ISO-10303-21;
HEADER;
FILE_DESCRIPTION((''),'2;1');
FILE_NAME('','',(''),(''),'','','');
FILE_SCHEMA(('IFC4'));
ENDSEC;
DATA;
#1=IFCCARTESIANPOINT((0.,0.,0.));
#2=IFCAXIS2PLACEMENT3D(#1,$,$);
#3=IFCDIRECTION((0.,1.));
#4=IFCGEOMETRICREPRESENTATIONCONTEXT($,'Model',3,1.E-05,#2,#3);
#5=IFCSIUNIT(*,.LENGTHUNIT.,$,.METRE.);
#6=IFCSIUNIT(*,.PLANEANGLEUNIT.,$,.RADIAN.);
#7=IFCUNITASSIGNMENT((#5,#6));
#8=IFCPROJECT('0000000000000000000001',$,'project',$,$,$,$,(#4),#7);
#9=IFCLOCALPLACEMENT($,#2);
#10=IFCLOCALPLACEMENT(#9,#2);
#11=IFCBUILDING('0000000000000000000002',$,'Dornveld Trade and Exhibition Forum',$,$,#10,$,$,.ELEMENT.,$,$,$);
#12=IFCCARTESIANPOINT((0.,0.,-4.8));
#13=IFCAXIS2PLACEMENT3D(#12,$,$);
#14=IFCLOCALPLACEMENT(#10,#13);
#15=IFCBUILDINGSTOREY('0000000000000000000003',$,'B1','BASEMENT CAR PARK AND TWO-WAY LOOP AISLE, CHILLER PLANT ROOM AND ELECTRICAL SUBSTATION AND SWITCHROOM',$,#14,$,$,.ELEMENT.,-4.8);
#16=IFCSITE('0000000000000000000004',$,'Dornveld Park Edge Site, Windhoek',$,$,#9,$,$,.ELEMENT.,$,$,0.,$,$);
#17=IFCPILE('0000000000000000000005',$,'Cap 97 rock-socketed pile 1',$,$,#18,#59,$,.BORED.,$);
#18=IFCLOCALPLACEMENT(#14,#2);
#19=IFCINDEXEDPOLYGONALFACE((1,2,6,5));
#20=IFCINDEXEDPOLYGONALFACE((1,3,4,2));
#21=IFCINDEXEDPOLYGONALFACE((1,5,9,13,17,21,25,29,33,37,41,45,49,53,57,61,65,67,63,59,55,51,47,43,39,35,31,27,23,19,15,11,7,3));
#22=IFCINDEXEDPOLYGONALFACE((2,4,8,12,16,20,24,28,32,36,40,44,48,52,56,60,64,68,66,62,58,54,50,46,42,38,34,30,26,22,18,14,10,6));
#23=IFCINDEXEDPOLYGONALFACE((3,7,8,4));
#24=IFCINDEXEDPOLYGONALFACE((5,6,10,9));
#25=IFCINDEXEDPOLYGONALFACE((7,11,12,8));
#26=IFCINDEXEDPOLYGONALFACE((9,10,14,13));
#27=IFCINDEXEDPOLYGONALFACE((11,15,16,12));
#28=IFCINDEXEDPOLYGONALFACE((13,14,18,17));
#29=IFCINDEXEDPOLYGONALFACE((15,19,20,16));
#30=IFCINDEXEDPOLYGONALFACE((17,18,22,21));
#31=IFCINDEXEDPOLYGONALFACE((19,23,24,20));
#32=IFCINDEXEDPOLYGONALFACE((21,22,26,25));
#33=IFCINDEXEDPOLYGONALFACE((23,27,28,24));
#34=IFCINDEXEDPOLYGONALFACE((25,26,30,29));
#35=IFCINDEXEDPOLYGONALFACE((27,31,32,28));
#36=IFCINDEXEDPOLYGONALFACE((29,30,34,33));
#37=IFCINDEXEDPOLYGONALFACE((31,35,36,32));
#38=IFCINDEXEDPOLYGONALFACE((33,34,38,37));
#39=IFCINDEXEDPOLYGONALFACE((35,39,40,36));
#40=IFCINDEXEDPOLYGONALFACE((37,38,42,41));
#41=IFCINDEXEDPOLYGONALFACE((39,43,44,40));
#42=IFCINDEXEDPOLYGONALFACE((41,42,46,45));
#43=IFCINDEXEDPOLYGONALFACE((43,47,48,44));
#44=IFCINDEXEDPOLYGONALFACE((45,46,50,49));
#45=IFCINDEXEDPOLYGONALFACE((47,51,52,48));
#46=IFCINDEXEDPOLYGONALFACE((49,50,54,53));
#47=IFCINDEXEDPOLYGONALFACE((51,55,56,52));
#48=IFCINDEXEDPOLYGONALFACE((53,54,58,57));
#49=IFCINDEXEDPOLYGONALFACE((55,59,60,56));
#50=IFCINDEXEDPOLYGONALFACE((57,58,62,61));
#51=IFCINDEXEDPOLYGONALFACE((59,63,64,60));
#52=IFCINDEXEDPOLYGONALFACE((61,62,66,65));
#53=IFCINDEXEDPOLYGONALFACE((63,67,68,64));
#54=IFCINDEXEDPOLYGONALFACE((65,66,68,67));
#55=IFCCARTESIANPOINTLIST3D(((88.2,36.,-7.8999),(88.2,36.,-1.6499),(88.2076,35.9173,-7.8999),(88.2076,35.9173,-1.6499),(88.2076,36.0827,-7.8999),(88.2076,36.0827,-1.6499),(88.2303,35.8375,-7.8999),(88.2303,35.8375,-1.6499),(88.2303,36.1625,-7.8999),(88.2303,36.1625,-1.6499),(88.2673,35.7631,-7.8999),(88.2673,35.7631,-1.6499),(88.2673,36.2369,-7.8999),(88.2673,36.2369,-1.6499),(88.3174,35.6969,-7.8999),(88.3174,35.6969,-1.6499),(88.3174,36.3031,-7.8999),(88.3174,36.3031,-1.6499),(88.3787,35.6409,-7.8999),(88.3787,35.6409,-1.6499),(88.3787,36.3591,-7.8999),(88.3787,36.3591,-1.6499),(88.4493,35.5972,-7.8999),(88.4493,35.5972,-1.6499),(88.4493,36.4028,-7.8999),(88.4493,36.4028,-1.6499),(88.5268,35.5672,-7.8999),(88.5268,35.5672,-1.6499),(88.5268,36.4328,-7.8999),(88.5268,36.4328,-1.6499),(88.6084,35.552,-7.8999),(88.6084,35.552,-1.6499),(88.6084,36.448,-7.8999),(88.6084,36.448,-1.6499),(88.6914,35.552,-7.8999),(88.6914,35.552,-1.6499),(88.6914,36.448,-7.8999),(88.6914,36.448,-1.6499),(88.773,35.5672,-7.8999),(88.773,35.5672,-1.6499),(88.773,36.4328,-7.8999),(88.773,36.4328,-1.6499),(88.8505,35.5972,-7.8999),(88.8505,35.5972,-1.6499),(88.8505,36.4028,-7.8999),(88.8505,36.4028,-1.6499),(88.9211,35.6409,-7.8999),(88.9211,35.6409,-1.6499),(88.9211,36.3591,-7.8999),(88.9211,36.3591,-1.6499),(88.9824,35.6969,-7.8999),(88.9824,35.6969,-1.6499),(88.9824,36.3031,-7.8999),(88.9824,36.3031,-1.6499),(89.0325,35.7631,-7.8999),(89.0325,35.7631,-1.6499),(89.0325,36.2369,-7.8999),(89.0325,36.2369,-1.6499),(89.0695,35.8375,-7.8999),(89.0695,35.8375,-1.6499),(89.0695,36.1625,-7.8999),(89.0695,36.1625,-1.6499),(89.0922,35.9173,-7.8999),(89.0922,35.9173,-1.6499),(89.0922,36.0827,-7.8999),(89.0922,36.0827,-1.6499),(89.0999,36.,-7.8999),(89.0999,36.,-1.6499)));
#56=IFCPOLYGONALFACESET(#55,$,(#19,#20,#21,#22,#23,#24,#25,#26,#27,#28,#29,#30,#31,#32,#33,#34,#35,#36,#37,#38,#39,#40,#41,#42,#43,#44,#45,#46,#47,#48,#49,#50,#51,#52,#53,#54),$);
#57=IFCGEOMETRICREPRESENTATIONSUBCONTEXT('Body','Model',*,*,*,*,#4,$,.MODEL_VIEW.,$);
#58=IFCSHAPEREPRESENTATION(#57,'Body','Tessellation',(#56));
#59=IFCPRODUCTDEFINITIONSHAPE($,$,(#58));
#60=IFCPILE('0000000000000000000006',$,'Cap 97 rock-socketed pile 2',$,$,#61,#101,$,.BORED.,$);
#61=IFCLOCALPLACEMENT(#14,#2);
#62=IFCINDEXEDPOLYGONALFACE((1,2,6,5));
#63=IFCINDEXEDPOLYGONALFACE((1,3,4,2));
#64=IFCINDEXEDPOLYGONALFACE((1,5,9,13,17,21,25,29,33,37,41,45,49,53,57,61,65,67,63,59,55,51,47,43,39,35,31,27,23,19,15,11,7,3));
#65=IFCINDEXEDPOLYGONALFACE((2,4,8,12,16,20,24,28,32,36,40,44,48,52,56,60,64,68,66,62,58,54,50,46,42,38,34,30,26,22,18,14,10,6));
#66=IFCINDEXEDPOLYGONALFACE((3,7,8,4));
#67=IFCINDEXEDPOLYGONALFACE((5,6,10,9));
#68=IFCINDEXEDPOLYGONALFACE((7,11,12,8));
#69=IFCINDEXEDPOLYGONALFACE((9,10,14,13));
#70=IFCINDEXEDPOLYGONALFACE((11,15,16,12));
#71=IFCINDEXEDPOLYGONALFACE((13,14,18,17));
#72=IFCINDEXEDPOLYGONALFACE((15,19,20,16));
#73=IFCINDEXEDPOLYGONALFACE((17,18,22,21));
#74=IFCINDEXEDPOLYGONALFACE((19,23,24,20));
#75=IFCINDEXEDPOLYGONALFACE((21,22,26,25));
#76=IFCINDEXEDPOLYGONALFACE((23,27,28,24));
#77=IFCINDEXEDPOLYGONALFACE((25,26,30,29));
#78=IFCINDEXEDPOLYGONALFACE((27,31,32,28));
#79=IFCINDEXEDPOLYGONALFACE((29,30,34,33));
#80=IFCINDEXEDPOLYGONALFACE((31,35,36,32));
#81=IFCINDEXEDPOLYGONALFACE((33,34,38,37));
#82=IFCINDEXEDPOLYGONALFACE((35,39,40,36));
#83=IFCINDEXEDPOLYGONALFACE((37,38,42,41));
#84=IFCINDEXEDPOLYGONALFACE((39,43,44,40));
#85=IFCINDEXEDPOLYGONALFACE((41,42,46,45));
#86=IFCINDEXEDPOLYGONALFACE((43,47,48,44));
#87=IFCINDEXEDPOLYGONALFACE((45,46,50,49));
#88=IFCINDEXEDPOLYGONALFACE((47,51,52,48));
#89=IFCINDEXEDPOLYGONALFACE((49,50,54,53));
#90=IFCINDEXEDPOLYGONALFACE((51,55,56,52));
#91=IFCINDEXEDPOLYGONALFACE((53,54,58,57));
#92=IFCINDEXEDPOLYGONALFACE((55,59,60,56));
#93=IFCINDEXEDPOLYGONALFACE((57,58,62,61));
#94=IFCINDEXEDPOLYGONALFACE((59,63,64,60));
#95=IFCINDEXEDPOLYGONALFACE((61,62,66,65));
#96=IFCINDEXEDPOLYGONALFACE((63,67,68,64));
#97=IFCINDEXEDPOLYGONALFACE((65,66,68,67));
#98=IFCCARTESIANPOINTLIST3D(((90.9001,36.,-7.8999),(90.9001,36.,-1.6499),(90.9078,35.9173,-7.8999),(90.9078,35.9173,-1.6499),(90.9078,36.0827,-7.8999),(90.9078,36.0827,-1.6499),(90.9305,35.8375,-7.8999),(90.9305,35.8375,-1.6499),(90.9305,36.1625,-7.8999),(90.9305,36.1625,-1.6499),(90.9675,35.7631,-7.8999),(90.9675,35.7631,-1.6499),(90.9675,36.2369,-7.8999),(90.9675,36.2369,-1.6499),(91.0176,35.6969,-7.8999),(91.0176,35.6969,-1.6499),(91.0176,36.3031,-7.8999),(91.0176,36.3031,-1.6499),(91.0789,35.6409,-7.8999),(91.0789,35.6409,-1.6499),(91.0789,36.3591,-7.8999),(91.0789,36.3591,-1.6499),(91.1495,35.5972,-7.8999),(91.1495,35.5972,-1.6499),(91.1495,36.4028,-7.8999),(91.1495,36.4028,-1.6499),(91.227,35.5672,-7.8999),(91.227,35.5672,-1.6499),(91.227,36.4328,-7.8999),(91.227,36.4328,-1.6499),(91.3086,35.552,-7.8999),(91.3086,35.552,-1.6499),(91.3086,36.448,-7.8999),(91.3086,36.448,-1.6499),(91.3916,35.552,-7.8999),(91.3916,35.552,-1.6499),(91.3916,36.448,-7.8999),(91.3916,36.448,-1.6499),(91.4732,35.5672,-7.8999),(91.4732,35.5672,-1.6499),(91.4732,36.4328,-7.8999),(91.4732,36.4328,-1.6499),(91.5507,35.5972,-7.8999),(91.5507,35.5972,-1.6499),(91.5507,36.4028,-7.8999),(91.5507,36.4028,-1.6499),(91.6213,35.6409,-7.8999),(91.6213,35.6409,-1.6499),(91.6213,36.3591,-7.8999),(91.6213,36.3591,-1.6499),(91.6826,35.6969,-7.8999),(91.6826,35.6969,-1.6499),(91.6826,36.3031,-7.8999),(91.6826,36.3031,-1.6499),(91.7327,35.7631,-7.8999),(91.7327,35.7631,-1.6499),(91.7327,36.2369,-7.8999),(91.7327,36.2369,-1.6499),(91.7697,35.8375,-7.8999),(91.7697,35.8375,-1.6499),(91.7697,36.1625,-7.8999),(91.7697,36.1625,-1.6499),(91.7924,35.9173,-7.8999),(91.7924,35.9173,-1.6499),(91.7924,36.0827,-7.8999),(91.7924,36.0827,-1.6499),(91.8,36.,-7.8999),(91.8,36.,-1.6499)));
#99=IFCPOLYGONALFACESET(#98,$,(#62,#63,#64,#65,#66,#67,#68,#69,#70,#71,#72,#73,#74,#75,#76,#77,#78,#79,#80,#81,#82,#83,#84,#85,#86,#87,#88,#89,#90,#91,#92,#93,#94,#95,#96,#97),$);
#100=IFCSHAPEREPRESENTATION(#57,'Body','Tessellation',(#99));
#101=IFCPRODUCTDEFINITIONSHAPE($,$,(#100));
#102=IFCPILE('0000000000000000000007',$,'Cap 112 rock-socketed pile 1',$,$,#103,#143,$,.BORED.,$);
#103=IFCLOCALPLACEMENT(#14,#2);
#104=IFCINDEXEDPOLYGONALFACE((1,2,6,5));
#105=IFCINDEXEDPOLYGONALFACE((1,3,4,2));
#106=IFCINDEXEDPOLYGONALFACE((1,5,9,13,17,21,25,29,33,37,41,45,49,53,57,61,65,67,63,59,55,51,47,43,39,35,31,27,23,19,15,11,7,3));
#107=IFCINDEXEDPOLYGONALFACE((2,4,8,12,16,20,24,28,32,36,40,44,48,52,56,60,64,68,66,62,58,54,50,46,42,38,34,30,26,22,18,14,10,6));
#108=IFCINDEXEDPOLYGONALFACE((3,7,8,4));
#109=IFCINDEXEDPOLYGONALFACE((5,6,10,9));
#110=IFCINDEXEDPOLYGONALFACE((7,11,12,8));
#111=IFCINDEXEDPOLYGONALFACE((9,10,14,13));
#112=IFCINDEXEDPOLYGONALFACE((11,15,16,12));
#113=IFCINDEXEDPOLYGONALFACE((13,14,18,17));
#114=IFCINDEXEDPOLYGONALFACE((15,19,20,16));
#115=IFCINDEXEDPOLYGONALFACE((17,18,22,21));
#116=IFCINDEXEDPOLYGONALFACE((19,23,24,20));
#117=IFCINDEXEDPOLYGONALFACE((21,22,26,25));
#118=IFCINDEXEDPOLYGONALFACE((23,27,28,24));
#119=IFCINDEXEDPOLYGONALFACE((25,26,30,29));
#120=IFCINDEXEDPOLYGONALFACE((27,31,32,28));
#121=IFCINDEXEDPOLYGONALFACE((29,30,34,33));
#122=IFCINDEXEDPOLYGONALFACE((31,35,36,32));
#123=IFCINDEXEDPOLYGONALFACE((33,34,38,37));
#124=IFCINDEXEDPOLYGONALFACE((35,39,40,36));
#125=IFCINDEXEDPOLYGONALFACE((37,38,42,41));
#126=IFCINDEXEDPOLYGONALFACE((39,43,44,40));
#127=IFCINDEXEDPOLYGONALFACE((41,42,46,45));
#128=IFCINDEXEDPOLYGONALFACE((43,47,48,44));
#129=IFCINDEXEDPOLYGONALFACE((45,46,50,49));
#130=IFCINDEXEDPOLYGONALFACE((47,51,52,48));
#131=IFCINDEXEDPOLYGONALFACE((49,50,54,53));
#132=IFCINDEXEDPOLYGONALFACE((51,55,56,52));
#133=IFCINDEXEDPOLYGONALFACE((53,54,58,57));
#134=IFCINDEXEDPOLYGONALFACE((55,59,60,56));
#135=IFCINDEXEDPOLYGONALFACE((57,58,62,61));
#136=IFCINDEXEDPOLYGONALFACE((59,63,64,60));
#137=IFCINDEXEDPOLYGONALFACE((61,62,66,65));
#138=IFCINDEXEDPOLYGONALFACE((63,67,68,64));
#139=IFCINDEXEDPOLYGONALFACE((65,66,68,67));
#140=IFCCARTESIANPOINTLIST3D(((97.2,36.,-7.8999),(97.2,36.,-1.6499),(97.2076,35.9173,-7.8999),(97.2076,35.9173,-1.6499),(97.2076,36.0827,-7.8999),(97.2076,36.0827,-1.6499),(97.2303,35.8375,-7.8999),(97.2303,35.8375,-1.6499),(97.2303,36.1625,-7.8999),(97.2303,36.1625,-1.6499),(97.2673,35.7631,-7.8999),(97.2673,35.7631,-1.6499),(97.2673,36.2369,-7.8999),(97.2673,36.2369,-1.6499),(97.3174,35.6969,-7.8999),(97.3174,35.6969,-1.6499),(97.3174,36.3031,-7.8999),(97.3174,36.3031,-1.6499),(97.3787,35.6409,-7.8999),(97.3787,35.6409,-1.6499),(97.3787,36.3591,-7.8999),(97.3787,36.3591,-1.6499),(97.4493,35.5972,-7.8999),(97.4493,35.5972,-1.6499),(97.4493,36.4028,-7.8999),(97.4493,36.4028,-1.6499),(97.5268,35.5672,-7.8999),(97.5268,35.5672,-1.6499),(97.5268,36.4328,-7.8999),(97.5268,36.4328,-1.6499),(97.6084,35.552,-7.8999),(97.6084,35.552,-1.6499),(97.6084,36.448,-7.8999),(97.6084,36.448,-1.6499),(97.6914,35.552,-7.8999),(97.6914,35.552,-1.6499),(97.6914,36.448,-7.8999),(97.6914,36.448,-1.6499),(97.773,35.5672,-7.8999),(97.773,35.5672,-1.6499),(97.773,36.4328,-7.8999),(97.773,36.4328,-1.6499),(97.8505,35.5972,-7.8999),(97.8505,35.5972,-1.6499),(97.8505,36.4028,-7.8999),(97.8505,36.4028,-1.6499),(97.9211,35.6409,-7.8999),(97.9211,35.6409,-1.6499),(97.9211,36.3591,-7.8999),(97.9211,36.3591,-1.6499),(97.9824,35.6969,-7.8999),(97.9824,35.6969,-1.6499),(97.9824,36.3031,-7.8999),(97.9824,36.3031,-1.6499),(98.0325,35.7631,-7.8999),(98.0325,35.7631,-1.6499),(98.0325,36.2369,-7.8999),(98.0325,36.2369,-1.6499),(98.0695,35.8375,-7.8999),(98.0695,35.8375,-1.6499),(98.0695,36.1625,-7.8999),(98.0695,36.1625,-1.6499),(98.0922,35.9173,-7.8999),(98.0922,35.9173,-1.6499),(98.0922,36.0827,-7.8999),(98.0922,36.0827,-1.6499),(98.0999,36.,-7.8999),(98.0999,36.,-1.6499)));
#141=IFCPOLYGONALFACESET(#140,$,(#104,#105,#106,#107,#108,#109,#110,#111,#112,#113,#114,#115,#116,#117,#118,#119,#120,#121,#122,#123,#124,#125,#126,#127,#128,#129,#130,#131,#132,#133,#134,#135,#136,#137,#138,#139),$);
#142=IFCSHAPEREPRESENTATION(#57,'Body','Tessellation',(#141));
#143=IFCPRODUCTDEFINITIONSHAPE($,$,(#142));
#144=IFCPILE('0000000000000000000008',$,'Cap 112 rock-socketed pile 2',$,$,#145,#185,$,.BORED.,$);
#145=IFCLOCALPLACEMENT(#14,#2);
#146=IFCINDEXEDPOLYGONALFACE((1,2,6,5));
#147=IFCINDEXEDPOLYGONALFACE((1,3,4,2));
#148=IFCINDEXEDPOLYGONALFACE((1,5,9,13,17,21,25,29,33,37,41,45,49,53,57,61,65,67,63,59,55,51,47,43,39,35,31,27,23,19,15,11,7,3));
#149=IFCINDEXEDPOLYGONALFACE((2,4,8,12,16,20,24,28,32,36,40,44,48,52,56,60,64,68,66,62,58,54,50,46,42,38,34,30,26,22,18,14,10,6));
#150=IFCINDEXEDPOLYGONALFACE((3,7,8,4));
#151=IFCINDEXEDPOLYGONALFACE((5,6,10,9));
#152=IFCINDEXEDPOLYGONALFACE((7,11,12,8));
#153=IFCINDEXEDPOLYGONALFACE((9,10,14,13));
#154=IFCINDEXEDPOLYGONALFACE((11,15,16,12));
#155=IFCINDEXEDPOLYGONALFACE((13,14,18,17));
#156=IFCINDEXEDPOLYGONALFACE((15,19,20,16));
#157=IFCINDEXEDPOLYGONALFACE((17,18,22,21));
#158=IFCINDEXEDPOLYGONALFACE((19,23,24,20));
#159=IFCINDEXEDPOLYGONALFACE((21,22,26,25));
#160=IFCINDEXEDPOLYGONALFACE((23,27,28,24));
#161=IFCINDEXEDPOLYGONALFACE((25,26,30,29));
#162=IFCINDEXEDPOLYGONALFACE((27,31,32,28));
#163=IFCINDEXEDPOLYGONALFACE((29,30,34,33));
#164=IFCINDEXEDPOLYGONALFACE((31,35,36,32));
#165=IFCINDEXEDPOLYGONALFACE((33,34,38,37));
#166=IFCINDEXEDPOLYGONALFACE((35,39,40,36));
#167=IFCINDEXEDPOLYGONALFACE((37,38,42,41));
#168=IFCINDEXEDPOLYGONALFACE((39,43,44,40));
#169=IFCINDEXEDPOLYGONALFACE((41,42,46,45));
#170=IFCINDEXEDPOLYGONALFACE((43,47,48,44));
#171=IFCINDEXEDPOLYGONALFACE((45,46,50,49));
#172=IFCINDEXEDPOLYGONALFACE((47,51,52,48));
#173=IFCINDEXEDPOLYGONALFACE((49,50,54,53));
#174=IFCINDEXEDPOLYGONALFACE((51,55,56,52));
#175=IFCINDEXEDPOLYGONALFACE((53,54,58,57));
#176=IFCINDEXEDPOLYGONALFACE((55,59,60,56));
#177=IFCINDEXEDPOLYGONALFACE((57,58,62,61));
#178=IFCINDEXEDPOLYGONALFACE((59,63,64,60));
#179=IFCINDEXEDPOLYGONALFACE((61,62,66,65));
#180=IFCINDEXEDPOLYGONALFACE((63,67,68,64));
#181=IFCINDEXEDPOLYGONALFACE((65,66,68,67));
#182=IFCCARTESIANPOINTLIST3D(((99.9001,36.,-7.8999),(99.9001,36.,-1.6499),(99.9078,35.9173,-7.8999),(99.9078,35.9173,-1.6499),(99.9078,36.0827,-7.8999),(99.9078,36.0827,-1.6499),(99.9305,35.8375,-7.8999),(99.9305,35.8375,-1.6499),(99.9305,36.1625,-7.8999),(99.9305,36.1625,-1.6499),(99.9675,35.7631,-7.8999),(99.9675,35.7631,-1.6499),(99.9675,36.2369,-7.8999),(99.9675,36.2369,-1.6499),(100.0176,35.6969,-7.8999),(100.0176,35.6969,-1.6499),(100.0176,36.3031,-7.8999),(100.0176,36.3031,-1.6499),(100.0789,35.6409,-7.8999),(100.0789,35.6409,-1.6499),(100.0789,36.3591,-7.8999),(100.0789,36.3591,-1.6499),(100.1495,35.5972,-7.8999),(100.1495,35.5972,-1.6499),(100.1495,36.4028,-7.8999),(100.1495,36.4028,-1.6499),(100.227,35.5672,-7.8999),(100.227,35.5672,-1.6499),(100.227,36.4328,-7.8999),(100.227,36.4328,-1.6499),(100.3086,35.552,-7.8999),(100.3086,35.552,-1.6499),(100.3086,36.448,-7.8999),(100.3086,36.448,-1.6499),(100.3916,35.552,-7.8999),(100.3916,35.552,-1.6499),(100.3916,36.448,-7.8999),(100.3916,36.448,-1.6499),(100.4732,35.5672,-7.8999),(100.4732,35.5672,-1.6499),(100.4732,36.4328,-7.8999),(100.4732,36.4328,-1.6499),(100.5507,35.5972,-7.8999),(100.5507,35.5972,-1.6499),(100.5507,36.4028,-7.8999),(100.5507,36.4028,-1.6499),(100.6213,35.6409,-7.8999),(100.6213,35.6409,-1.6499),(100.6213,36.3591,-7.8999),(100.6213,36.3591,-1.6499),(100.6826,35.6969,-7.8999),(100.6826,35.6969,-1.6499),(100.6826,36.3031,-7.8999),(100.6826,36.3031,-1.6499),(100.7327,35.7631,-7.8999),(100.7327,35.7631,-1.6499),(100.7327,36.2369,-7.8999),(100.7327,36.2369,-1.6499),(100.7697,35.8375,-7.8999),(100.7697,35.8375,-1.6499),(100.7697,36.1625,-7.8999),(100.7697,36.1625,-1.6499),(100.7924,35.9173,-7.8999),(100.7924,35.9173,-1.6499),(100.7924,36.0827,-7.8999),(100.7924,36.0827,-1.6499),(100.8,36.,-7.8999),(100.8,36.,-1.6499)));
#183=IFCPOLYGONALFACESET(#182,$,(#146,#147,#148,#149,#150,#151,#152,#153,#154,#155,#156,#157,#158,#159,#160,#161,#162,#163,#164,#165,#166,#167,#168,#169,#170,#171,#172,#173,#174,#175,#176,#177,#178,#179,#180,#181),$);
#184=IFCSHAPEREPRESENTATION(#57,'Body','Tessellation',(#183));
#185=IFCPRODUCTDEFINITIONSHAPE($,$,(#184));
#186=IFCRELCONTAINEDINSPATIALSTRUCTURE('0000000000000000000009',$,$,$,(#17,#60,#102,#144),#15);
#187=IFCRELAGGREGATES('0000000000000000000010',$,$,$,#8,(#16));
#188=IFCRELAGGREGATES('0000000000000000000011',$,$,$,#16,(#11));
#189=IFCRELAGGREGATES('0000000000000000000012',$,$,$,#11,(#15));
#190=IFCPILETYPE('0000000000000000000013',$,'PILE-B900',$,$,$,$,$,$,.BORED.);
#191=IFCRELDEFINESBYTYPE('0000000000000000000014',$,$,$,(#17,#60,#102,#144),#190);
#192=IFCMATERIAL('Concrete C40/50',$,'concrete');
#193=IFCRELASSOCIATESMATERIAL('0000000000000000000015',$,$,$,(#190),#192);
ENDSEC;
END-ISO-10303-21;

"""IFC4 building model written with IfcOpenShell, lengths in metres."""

from ifc_helpers import new_model, si_unit, direction, frame, origin, origin_2d, place, context, subcontext, project, spatial, circle, extrude, material, material_profile, profile_set, type_object, element, save


model = new_model("IFC4")

# Units and contexts
model_context = context("Model", 3, precision=1e-05, world=origin(), true_north=direction((0.0, 1.0)))
body_context = subcontext(model_context, "Body", "Model", "MODEL_VIEW")
ifc_project = project(units=[si_unit("LENGTHUNIT", "METRE"), si_unit("PLANEANGLEUNIT", "RADIAN")], contexts=[model_context])

# Site, building, storey
site_placement = place(None, origin())
site = spatial("IfcSite", under=ifc_project, at=site_placement, Name="Dornveld Park Edge Site, Windhoek", CompositionType="ELEMENT", RefElevation=0.0)
building_placement = place(site_placement, origin())
building = spatial("IfcBuilding", under=site, at=building_placement, Name="Dornveld Trade and Exhibition Forum", CompositionType="ELEMENT")
storey_placement = place(building_placement, frame((0.0, 0.0, -4.8)))
storey = spatial("IfcBuildingStorey", under=building, at=storey_placement, Name="B1", Description="BASEMENT CAR PARK AND TWO-WAY LOOP AISLE, CHILLER PLANT ROOM AND ELECTRICAL SUBSTATION AND SWITCHROOM", CompositionType="ELEMENT", Elevation=-4.8)

# Piles
ifc_material_1 = material(Name="Concrete C40/50", Category="concrete")
ifc_material_profile_1 = material_profile(ifc_material_1, circle(Radius=0.45, at=origin_2d()), Name="PILE D900")
ifc_profile_set_1 = profile_set([ifc_material_profile_1], Name="Concrete C40/50")
pile_type = type_object("IfcPileType", Name="PILE-B900", PredefinedType="BORED", material=ifc_profile_set_1)
for number, where, z_axis, x_axis, name in (
    (1, (88.6499, 36.0, -1.6499), (0.0, 0.0, -1.0), (1.0, 0.0, 0.0), "Cap 97 rock-socketed pile 1"),
    (2, (91.3501, 36.0, -1.6499), (0.0, 0.0, -1.0), (1.0, 0.0, 0.0), "Cap 97 rock-socketed pile 2"),
    (3, (97.6499, 36.0, -1.6499), (0.0, 0.0, -1.0), (1.0, 0.0, 0.0), "Cap 112 rock-socketed pile 1"),
    (4, (100.3501, 36.0, -1.6499), (0.0, 0.0, -1.0), (1.0, 0.0, 0.0), "Cap 112 rock-socketed pile 2"),
):
    element("IfcPile", number, at=place(storey_placement, frame(where, z_axis=z_axis, x_axis=x_axis)), inside=storey, type_object=pile_type, Name=name, PredefinedType="BORED", context=body_context, shape_type="SweptSolid", body=[
        extrude(circle(Radius=0.45, at=origin_2d()), origin(), (0.0, 0.0, 1.0), 6.25),
    ])

save(model, "model.ifc")
